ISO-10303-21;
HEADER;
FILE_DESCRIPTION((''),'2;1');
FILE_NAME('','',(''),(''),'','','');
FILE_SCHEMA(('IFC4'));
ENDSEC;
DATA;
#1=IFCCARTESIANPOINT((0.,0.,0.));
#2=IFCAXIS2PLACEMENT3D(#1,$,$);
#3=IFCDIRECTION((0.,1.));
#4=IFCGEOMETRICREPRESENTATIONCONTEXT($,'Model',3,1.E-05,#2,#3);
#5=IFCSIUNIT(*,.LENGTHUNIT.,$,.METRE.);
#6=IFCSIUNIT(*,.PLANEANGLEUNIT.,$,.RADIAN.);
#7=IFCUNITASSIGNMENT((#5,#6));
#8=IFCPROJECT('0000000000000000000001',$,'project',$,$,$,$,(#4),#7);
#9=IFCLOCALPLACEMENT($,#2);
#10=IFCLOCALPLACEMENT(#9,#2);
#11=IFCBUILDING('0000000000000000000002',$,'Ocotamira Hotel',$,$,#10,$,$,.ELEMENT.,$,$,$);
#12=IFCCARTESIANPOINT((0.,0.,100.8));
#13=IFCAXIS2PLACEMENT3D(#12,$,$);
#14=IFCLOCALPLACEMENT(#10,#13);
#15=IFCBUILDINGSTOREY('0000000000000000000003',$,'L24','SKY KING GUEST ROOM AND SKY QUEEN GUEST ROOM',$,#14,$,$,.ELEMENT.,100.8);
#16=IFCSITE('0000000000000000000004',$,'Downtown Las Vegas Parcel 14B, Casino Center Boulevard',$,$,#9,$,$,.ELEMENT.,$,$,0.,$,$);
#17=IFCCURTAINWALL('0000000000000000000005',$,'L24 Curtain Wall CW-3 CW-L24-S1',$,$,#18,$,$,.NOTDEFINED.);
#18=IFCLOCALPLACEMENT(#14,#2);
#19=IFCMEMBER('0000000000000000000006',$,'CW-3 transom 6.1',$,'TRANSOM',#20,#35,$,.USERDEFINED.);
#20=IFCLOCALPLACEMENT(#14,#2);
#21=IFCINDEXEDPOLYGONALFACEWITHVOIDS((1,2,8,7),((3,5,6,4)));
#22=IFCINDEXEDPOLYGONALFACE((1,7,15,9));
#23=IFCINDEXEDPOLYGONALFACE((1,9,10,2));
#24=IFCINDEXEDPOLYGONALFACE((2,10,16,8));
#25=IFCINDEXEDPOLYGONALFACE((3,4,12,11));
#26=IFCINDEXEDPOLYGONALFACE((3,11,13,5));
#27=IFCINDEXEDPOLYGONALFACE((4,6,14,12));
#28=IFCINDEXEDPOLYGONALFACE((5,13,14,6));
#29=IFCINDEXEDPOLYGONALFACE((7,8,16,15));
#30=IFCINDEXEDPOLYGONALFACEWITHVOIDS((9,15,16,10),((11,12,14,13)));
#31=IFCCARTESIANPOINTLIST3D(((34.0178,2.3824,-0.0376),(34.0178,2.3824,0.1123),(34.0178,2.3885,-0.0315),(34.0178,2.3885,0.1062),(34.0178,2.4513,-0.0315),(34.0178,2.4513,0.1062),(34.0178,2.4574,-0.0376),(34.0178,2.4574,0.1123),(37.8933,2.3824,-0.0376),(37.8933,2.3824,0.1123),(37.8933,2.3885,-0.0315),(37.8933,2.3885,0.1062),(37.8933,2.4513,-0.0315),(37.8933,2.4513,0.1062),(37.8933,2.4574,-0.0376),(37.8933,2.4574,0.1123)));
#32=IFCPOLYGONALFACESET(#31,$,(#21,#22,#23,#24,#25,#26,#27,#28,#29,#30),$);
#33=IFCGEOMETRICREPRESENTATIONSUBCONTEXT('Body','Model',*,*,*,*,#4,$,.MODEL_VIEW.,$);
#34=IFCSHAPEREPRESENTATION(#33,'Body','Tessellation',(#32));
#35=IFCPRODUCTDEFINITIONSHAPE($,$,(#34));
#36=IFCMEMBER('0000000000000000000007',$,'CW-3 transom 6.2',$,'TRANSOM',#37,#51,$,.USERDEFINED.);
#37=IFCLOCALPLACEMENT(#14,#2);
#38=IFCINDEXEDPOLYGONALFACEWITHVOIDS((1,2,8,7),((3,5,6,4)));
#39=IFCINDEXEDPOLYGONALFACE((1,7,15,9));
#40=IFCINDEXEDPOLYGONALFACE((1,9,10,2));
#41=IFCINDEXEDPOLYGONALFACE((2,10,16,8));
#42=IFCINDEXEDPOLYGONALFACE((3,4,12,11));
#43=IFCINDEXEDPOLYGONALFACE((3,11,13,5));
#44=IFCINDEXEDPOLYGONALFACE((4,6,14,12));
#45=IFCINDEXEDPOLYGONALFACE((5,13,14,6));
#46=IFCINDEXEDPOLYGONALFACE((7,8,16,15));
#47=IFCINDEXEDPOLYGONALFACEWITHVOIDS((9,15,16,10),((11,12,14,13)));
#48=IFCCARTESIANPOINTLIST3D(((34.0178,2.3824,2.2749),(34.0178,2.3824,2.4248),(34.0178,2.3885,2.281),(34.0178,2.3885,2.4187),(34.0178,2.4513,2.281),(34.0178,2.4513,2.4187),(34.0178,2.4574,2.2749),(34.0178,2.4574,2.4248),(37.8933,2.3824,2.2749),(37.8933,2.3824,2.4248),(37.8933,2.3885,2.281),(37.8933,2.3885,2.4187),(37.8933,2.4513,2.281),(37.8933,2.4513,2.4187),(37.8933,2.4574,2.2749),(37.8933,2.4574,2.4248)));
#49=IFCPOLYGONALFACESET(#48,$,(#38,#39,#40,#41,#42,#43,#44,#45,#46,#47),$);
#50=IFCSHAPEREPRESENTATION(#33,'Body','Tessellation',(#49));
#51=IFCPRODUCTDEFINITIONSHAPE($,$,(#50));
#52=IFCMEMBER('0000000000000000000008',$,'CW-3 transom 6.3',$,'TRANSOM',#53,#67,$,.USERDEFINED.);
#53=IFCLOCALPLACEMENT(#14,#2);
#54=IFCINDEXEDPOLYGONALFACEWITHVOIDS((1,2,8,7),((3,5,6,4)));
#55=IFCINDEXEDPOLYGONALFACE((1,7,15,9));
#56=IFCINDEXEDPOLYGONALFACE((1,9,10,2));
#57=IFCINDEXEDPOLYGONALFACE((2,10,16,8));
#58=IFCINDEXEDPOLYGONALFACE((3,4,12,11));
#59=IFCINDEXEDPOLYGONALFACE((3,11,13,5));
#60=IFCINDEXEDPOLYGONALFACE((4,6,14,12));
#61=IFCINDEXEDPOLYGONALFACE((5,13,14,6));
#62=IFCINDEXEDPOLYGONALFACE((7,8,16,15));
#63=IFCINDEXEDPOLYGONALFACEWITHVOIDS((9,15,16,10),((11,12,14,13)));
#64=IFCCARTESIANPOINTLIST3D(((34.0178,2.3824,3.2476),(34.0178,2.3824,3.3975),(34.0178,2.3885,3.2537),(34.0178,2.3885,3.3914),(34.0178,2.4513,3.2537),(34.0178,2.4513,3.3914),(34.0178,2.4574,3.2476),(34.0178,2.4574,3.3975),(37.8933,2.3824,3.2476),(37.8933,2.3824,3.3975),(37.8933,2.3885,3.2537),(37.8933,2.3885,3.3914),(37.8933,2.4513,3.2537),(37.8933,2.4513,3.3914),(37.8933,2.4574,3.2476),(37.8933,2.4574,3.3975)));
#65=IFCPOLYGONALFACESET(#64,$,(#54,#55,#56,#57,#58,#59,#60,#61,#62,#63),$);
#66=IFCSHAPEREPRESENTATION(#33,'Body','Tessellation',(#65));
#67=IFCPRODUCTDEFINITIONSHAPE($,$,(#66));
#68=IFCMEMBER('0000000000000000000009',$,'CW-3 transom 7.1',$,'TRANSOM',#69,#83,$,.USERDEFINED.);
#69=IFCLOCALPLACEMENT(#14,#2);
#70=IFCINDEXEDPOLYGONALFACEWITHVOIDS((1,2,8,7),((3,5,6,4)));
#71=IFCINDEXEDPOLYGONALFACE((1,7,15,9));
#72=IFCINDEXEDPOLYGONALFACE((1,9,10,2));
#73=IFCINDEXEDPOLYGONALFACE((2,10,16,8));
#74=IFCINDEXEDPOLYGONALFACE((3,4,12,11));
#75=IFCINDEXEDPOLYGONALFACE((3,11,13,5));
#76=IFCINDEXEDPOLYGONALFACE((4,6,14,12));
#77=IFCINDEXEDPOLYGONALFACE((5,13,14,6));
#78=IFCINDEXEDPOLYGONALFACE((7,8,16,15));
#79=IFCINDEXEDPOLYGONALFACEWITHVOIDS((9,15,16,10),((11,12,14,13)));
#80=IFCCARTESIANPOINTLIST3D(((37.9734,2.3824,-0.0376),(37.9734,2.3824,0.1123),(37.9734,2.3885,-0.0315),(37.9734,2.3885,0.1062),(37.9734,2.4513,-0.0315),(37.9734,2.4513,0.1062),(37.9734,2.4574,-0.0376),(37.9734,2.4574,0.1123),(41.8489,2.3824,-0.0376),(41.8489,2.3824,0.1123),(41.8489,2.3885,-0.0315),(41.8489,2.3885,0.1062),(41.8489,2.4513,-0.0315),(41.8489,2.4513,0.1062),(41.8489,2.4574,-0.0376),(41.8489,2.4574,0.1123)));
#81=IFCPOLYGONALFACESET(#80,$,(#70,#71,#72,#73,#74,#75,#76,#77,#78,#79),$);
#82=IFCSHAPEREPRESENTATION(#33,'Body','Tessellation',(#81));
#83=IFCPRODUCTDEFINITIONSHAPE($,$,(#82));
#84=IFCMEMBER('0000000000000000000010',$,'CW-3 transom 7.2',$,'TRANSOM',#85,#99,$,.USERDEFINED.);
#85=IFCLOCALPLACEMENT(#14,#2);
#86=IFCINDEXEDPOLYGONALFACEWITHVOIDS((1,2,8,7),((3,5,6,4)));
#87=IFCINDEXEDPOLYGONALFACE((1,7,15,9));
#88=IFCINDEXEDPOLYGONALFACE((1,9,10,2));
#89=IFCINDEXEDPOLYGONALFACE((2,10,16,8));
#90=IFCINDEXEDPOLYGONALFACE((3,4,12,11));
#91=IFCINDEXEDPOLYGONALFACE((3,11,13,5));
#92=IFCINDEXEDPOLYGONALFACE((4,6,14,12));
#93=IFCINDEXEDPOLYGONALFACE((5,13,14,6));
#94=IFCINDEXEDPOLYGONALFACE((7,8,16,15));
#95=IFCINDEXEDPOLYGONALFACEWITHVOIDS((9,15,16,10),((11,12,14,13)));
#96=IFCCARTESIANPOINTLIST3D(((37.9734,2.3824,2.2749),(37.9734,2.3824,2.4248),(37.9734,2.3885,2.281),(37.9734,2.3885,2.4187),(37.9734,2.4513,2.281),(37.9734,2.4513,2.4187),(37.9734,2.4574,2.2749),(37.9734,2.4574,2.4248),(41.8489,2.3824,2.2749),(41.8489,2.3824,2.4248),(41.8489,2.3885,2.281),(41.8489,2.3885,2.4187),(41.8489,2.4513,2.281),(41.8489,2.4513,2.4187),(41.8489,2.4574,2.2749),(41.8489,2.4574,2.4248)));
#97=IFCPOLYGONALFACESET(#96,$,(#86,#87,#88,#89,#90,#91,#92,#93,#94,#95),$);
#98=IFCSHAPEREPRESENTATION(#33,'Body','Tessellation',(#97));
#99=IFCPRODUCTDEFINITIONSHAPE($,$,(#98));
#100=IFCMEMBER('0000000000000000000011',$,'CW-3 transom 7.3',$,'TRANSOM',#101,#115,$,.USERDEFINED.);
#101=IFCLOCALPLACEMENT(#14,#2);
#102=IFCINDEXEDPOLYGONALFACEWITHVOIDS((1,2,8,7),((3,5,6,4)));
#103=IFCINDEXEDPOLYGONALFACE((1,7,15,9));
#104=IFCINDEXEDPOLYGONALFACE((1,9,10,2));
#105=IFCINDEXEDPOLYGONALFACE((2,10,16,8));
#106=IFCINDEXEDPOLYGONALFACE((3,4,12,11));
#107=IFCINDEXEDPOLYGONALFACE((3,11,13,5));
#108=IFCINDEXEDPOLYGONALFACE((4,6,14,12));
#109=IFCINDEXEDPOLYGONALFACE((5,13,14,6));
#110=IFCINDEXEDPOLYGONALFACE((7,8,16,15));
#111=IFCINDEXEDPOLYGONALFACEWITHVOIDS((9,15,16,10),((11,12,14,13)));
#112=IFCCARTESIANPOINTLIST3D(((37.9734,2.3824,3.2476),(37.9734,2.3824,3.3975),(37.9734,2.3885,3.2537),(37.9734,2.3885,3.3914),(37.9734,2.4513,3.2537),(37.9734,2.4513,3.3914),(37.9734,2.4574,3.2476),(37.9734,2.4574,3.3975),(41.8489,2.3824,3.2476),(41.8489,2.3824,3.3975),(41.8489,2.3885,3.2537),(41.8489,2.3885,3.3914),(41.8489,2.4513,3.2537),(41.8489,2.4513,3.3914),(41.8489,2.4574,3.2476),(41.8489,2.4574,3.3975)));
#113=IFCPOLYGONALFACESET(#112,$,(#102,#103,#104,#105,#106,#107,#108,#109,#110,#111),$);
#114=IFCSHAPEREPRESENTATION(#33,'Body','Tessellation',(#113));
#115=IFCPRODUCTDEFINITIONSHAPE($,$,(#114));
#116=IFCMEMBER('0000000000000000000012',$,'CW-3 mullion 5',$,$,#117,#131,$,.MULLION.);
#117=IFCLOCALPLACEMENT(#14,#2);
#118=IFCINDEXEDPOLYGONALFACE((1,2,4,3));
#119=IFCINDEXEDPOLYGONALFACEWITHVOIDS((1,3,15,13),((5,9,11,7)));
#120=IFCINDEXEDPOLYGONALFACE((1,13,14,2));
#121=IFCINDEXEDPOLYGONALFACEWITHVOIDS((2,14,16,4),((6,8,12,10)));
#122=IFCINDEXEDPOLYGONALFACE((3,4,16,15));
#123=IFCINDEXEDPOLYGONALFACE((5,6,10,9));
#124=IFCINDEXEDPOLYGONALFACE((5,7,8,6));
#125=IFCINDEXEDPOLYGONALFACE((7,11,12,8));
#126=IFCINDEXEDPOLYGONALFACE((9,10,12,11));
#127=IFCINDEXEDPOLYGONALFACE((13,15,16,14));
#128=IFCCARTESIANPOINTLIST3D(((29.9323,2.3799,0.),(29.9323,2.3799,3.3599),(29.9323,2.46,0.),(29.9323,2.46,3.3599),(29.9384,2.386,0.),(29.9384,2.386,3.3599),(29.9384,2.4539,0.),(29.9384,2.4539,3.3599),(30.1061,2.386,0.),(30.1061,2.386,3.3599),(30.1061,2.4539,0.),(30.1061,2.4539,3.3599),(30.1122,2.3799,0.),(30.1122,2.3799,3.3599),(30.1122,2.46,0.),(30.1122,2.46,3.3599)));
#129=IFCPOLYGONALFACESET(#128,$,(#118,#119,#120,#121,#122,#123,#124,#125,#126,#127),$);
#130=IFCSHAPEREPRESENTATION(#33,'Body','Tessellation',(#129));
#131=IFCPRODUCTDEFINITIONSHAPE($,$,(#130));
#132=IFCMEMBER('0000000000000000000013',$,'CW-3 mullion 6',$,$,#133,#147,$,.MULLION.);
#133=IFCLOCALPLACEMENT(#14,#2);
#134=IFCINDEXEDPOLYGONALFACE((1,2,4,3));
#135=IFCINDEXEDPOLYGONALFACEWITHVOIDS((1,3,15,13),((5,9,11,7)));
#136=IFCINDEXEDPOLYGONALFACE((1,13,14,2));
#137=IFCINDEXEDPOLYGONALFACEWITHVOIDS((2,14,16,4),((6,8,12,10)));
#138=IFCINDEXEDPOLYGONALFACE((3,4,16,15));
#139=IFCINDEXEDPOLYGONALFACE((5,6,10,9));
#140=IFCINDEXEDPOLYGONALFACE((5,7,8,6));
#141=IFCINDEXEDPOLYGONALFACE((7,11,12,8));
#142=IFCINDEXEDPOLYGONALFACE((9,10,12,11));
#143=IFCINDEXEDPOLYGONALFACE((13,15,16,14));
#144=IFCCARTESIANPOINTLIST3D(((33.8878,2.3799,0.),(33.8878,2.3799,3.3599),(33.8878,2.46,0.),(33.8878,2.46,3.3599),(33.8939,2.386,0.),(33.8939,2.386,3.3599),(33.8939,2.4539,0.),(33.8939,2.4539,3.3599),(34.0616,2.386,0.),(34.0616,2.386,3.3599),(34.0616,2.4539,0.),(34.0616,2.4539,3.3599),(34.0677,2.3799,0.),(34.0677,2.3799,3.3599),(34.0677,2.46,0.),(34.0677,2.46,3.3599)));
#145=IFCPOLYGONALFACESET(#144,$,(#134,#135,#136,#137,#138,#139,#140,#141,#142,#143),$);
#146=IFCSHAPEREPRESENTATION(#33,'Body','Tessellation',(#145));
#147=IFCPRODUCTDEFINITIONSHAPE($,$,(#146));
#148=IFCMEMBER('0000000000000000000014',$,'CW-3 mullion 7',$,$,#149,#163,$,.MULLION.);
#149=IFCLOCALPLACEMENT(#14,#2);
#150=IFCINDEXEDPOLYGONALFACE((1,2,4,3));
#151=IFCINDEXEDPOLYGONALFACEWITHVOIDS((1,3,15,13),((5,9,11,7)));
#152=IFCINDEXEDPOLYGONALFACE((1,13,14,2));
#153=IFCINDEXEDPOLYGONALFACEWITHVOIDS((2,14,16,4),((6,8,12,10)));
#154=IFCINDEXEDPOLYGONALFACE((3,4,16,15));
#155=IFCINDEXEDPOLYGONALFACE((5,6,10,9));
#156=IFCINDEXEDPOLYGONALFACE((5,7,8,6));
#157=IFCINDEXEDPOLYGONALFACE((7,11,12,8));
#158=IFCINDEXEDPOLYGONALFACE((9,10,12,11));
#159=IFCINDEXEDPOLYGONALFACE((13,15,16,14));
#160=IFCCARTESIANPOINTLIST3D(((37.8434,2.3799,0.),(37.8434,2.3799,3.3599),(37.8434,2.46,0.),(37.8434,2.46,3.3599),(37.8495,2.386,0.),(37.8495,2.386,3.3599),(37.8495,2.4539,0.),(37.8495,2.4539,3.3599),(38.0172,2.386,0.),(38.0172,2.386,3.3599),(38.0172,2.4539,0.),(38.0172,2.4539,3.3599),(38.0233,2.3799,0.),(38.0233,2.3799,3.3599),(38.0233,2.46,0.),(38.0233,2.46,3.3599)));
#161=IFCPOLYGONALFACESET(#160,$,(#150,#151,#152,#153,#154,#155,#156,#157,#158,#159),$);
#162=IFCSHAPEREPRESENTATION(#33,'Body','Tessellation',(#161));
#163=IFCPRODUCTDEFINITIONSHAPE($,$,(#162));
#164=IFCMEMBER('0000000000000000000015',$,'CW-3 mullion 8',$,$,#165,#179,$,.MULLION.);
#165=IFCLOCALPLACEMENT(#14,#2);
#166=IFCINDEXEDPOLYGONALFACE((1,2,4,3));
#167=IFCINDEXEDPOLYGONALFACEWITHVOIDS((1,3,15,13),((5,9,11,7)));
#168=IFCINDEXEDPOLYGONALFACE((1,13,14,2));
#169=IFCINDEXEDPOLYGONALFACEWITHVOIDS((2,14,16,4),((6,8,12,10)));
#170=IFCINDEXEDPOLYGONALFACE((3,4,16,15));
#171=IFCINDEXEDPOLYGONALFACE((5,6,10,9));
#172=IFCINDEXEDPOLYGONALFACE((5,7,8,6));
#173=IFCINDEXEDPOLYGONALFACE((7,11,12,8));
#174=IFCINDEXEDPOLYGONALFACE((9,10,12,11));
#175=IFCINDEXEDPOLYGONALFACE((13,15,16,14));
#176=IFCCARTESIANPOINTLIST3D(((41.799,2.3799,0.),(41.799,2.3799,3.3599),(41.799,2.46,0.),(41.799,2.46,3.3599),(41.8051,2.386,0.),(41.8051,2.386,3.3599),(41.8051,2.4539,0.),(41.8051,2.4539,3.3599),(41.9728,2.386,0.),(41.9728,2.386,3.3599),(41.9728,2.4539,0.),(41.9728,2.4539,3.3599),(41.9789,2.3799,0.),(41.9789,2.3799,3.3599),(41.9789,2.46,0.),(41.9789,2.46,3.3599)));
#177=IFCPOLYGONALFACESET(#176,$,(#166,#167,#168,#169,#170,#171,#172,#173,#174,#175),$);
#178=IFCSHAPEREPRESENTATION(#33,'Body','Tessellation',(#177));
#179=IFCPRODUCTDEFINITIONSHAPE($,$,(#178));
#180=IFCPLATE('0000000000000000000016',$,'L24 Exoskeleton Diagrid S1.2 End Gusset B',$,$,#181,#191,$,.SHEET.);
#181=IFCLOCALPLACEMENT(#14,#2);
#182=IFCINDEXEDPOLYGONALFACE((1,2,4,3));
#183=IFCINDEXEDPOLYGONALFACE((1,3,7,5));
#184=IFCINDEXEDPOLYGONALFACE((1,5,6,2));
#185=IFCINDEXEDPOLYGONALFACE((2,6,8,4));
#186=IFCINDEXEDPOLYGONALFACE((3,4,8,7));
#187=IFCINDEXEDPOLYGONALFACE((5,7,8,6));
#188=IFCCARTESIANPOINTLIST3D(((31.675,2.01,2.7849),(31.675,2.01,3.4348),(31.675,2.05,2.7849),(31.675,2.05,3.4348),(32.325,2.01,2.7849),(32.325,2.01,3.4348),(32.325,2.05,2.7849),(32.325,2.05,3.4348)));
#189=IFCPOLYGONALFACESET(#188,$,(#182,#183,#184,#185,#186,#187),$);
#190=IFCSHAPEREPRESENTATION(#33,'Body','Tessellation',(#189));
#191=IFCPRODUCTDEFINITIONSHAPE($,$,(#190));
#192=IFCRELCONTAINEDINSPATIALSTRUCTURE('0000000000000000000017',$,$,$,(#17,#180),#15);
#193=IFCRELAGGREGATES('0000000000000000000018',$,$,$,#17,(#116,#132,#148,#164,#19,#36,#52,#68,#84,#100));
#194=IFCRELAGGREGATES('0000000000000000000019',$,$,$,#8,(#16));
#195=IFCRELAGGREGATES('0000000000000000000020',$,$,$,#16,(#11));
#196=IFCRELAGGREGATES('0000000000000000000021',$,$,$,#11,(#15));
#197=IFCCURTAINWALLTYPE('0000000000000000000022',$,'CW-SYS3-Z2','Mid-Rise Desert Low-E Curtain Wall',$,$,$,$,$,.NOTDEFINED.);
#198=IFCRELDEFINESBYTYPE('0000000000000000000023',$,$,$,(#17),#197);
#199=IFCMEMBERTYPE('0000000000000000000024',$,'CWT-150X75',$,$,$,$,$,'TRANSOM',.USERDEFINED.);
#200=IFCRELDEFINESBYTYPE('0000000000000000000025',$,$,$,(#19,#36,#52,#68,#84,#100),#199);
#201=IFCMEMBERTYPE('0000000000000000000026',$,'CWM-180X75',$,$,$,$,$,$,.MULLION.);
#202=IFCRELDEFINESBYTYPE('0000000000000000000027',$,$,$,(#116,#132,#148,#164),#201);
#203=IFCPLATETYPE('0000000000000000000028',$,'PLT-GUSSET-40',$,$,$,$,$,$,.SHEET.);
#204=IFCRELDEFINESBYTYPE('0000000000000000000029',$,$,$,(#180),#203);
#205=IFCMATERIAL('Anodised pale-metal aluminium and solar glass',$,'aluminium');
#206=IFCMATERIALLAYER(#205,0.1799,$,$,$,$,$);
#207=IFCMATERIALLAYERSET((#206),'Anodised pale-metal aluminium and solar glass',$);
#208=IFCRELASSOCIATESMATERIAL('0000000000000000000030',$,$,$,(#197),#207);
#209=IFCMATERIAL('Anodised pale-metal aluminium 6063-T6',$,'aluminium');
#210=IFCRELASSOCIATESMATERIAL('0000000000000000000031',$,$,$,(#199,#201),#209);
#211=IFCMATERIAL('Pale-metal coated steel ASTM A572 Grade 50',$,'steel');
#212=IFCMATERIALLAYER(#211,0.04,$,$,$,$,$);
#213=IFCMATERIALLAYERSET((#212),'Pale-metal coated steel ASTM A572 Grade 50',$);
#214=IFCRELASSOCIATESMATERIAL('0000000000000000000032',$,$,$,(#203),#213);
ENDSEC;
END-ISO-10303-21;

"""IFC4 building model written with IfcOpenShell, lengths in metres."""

from ifc_helpers import new_model, si_unit, direction, frame, origin, origin_2d, place, context, subcontext, project, spatial, rectangle, hollow_rectangle, extrude, source, transform, mapped, material, layer, layer_set, material_profile, profile_set, type_object, element, aggregate, save


model = new_model("IFC4")

# Units and contexts
model_context = context("Model", 3, precision=1e-05, world=origin(), true_north=direction((0.0, 1.0)))
body_context = subcontext(model_context, "Body", "Model", "MODEL_VIEW")
ifc_project = project(units=[si_unit("LENGTHUNIT", "METRE"), si_unit("PLANEANGLEUNIT", "RADIAN")], contexts=[model_context])

# Site, building, storey
site_placement = place(None, origin())
site = spatial("IfcSite", under=ifc_project, at=site_placement, Name="Downtown Las Vegas Parcel 14B, Casino Center Boulevard", CompositionType="ELEMENT", RefElevation=0.0)
building_placement = place(site_placement, origin())
building = spatial("IfcBuilding", under=site, at=building_placement, Name="Ocotamira Hotel", CompositionType="ELEMENT")
storey_placement = place(building_placement, frame((0.0, 0.0, 100.8)))
storey = spatial("IfcBuildingStorey", under=building, at=storey_placement, Name="L24", Description="SKY KING GUEST ROOM AND SKY QUEEN GUEST ROOM", CompositionType="ELEMENT", Elevation=100.8)

# Curtain wall, members
ifc_material_1 = material(Name="Anodised pale-metal aluminium and solar glass", Category="aluminium")
ifc_layer_1 = layer(ifc_material_1, 0.1799)
ifc_layer_set_1 = layer_set([ifc_layer_1], Name="Anodised pale-metal aluminium and solar glass")
curtain_wall_type = type_object("IfcCurtainWallType", Name="CW-SYS3-Z2", Description="Mid-Rise Desert Low-E Curtain Wall", PredefinedType="NOTDEFINED", material=ifc_layer_set_1)
curtain_wall_placement = place(storey_placement, origin())
curtain_wall = element("IfcCurtainWall", 1, at=curtain_wall_placement, inside=storey, type_object=curtain_wall_type, Name="L24 Curtain Wall CW-3 CW-L24-S1", PredefinedType="NOTDEFINED")
ifc_material_2 = material(Name="Anodised pale-metal aluminium 6063-T6", Category="aluminium")
ifc_material_profile_1 = material_profile(ifc_material_2, hollow_rectangle(XDim=0.075, YDim=0.1499, WallThickness=0.0061, at=origin_2d()), Name="HSS150X75X6")
ifc_profile_set_1 = profile_set([ifc_material_profile_1], Name="Anodised pale-metal aluminium 6063-T6")
member_type_1 = type_object("IfcMemberType", Name="CWT-150X75", ElementType="TRANSOM", PredefinedType="USERDEFINED", material=ifc_profile_set_1)
shared_shape_1 = source(origin(), body_context, "Body", "SweptSolid", [
    extrude(hollow_rectangle(XDim=0.075, YDim=0.1499, WallThickness=0.0061, at=origin_2d()), origin(), (0.0, 0.0, 1.0), 3.8755),
])
member_1_placement = place(storey_placement, frame((34.0178, 2.4199, 0.0374), z_axis=(1.0, 0.0, 0.0), x_axis=(0.0, 1.0, 0.0)))
member_1 = element("IfcMember", 2, at=member_1_placement, type_object=member_type_1, Name="CW-3 transom 6.1", ObjectType="TRANSOM", PredefinedType="USERDEFINED", context=body_context, shape_type="MappedRepresentation", body=[
    mapped(shared_shape_1, transform((0.0, 0.0, 0.0), scale=1.0)),
])
member_2_placement = place(storey_placement, frame((34.0178, 2.4199, 2.3499), z_axis=(1.0, 0.0, 0.0), x_axis=(0.0, 1.0, 0.0)))
member_2 = element("IfcMember", 3, at=member_2_placement, type_object=member_type_1, Name="CW-3 transom 6.2", ObjectType="TRANSOM", PredefinedType="USERDEFINED", context=body_context, shape_type="MappedRepresentation", body=[
    mapped(shared_shape_1, transform((0.0, 0.0, 0.0), scale=1.0)),
])
member_3_placement = place(storey_placement, frame((34.0178, 2.4199, 3.3225), z_axis=(1.0, 0.0, 0.0), x_axis=(0.0, 1.0, 0.0)))
member_3 = element("IfcMember", 4, at=member_3_placement, type_object=member_type_1, Name="CW-3 transom 6.3", ObjectType="TRANSOM", PredefinedType="USERDEFINED", context=body_context, shape_type="MappedRepresentation", body=[
    mapped(shared_shape_1, transform((0.0, 0.0, 0.0), scale=1.0)),
])
member_4_placement = place(storey_placement, frame((37.9734, 2.4199, 0.0374), z_axis=(1.0, 0.0, 0.0), x_axis=(0.0, 1.0, 0.0)))
member_4 = element("IfcMember", 5, at=member_4_placement, type_object=member_type_1, Name="CW-3 transom 7.1", ObjectType="TRANSOM", PredefinedType="USERDEFINED", context=body_context, shape_type="MappedRepresentation", body=[
    mapped(shared_shape_1, transform((0.0, 0.0, 0.0), scale=1.0)),
])
member_5_placement = place(storey_placement, frame((37.9734, 2.4199, 2.3499), z_axis=(1.0, 0.0, 0.0), x_axis=(0.0, 1.0, 0.0)))
member_5 = element("IfcMember", 6, at=member_5_placement, type_object=member_type_1, Name="CW-3 transom 7.2", ObjectType="TRANSOM", PredefinedType="USERDEFINED", context=body_context, shape_type="MappedRepresentation", body=[
    mapped(shared_shape_1, transform((0.0, 0.0, 0.0), scale=1.0)),
])
member_6_placement = place(storey_placement, frame((37.9734, 2.4199, 3.3225), z_axis=(1.0, 0.0, 0.0), x_axis=(0.0, 1.0, 0.0)))
member_6 = element("IfcMember", 7, at=member_6_placement, type_object=member_type_1, Name="CW-3 transom 7.3", ObjectType="TRANSOM", PredefinedType="USERDEFINED", context=body_context, shape_type="MappedRepresentation", body=[
    mapped(shared_shape_1, transform((0.0, 0.0, 0.0), scale=1.0)),
])
ifc_material_profile_2 = material_profile(ifc_material_2, hollow_rectangle(XDim=0.0801, YDim=0.1799, WallThickness=0.0061, at=origin_2d()), Name="HSS180X80X6")
ifc_profile_set_2 = profile_set([ifc_material_profile_2], Name="Anodised pale-metal aluminium 6063-T6")
member_type_2 = type_object("IfcMemberType", Name="CWM-180X75", PredefinedType="MULLION", material=ifc_profile_set_2)
shared_shape_2 = source(origin(), body_context, "Body", "SweptSolid", [
    extrude(hollow_rectangle(XDim=0.0801, YDim=0.1799, WallThickness=0.0061, at=origin_2d()), origin(), (0.0, 0.0, 1.0), 3.3599),
])
member_7_placement = place(storey_placement, frame((30.0222, 2.4199, 0.0), z_axis=(0.0, 0.0, 1.0), x_axis=(0.0, 1.0, 0.0)))
member_7 = element("IfcMember", 8, at=member_7_placement, type_object=member_type_2, Name="CW-3 mullion 5", PredefinedType="MULLION", context=body_context, shape_type="MappedRepresentation", body=[
    mapped(shared_shape_2, transform((0.0, 0.0, 0.0), scale=1.0)),
])
member_8_placement = place(storey_placement, frame((33.9778, 2.4199, 0.0), z_axis=(0.0, 0.0, 1.0), x_axis=(0.0, 1.0, 0.0)))
member_8 = element("IfcMember", 9, at=member_8_placement, type_object=member_type_2, Name="CW-3 mullion 6", PredefinedType="MULLION", context=body_context, shape_type="MappedRepresentation", body=[
    mapped(shared_shape_2, transform((0.0, 0.0, 0.0), scale=1.0)),
])
member_9_placement = place(storey_placement, frame((37.9333, 2.4199, 0.0), z_axis=(0.0, 0.0, 1.0), x_axis=(0.0, 1.0, 0.0)))
member_9 = element("IfcMember", 10, at=member_9_placement, type_object=member_type_2, Name="CW-3 mullion 7", PredefinedType="MULLION", context=body_context, shape_type="MappedRepresentation", body=[
    mapped(shared_shape_2, transform((0.0, 0.0, 0.0), scale=1.0)),
])
member_10_placement = place(storey_placement, frame((41.8889, 2.4199, 0.0), z_axis=(0.0, 0.0, 1.0), x_axis=(0.0, 1.0, 0.0)))
member_10 = element("IfcMember", 11, at=member_10_placement, type_object=member_type_2, Name="CW-3 mullion 8", PredefinedType="MULLION", context=body_context, shape_type="MappedRepresentation", body=[
    mapped(shared_shape_2, transform((0.0, 0.0, 0.0), scale=1.0)),
])

# Plate
ifc_material_3 = material(Name="Pale-metal coated steel ASTM A572 Grade 50", Category="steel")
ifc_layer_2 = layer(ifc_material_3, 0.04)
ifc_layer_set_2 = layer_set([ifc_layer_2], Name="Pale-metal coated steel ASTM A572 Grade 50")
plate_type_1 = type_object("IfcPlateType", Name="PLT-GUSSET-40", PredefinedType="SHEET", material=ifc_layer_set_2)
shared_shape_3 = source(origin(), body_context, "Body", "SweptSolid", [
    extrude(rectangle(XDim=0.6499, YDim=0.04, at=origin_2d()), origin(), (0.0, 0.0, 1.0), 0.6499),
])
for number, where, z_axis, x_axis, name in (
    (12, (32.0, 2.03, 2.7849), (0.0, 0.0, 1.0), (1.0, 0.0, 0.0), "L24 Exoskeleton Diagrid S1.2 End Gusset B"),
):
    element("IfcPlate", number, at=place(storey_placement, frame(where, z_axis=z_axis, x_axis=x_axis)), inside=storey, type_object=plate_type_1, Name=name, PredefinedType="SHEET", context=body_context, shape_type="MappedRepresentation", body=[
        mapped(shared_shape_3, transform((0.0, 0.0, 0.0), scale=1.0)),
    ])

aggregate(curtain_wall, [member_7, member_8, member_9, member_10, member_1, member_2, member_3, member_4, member_5, member_6])

save(model, "model.ifc")
